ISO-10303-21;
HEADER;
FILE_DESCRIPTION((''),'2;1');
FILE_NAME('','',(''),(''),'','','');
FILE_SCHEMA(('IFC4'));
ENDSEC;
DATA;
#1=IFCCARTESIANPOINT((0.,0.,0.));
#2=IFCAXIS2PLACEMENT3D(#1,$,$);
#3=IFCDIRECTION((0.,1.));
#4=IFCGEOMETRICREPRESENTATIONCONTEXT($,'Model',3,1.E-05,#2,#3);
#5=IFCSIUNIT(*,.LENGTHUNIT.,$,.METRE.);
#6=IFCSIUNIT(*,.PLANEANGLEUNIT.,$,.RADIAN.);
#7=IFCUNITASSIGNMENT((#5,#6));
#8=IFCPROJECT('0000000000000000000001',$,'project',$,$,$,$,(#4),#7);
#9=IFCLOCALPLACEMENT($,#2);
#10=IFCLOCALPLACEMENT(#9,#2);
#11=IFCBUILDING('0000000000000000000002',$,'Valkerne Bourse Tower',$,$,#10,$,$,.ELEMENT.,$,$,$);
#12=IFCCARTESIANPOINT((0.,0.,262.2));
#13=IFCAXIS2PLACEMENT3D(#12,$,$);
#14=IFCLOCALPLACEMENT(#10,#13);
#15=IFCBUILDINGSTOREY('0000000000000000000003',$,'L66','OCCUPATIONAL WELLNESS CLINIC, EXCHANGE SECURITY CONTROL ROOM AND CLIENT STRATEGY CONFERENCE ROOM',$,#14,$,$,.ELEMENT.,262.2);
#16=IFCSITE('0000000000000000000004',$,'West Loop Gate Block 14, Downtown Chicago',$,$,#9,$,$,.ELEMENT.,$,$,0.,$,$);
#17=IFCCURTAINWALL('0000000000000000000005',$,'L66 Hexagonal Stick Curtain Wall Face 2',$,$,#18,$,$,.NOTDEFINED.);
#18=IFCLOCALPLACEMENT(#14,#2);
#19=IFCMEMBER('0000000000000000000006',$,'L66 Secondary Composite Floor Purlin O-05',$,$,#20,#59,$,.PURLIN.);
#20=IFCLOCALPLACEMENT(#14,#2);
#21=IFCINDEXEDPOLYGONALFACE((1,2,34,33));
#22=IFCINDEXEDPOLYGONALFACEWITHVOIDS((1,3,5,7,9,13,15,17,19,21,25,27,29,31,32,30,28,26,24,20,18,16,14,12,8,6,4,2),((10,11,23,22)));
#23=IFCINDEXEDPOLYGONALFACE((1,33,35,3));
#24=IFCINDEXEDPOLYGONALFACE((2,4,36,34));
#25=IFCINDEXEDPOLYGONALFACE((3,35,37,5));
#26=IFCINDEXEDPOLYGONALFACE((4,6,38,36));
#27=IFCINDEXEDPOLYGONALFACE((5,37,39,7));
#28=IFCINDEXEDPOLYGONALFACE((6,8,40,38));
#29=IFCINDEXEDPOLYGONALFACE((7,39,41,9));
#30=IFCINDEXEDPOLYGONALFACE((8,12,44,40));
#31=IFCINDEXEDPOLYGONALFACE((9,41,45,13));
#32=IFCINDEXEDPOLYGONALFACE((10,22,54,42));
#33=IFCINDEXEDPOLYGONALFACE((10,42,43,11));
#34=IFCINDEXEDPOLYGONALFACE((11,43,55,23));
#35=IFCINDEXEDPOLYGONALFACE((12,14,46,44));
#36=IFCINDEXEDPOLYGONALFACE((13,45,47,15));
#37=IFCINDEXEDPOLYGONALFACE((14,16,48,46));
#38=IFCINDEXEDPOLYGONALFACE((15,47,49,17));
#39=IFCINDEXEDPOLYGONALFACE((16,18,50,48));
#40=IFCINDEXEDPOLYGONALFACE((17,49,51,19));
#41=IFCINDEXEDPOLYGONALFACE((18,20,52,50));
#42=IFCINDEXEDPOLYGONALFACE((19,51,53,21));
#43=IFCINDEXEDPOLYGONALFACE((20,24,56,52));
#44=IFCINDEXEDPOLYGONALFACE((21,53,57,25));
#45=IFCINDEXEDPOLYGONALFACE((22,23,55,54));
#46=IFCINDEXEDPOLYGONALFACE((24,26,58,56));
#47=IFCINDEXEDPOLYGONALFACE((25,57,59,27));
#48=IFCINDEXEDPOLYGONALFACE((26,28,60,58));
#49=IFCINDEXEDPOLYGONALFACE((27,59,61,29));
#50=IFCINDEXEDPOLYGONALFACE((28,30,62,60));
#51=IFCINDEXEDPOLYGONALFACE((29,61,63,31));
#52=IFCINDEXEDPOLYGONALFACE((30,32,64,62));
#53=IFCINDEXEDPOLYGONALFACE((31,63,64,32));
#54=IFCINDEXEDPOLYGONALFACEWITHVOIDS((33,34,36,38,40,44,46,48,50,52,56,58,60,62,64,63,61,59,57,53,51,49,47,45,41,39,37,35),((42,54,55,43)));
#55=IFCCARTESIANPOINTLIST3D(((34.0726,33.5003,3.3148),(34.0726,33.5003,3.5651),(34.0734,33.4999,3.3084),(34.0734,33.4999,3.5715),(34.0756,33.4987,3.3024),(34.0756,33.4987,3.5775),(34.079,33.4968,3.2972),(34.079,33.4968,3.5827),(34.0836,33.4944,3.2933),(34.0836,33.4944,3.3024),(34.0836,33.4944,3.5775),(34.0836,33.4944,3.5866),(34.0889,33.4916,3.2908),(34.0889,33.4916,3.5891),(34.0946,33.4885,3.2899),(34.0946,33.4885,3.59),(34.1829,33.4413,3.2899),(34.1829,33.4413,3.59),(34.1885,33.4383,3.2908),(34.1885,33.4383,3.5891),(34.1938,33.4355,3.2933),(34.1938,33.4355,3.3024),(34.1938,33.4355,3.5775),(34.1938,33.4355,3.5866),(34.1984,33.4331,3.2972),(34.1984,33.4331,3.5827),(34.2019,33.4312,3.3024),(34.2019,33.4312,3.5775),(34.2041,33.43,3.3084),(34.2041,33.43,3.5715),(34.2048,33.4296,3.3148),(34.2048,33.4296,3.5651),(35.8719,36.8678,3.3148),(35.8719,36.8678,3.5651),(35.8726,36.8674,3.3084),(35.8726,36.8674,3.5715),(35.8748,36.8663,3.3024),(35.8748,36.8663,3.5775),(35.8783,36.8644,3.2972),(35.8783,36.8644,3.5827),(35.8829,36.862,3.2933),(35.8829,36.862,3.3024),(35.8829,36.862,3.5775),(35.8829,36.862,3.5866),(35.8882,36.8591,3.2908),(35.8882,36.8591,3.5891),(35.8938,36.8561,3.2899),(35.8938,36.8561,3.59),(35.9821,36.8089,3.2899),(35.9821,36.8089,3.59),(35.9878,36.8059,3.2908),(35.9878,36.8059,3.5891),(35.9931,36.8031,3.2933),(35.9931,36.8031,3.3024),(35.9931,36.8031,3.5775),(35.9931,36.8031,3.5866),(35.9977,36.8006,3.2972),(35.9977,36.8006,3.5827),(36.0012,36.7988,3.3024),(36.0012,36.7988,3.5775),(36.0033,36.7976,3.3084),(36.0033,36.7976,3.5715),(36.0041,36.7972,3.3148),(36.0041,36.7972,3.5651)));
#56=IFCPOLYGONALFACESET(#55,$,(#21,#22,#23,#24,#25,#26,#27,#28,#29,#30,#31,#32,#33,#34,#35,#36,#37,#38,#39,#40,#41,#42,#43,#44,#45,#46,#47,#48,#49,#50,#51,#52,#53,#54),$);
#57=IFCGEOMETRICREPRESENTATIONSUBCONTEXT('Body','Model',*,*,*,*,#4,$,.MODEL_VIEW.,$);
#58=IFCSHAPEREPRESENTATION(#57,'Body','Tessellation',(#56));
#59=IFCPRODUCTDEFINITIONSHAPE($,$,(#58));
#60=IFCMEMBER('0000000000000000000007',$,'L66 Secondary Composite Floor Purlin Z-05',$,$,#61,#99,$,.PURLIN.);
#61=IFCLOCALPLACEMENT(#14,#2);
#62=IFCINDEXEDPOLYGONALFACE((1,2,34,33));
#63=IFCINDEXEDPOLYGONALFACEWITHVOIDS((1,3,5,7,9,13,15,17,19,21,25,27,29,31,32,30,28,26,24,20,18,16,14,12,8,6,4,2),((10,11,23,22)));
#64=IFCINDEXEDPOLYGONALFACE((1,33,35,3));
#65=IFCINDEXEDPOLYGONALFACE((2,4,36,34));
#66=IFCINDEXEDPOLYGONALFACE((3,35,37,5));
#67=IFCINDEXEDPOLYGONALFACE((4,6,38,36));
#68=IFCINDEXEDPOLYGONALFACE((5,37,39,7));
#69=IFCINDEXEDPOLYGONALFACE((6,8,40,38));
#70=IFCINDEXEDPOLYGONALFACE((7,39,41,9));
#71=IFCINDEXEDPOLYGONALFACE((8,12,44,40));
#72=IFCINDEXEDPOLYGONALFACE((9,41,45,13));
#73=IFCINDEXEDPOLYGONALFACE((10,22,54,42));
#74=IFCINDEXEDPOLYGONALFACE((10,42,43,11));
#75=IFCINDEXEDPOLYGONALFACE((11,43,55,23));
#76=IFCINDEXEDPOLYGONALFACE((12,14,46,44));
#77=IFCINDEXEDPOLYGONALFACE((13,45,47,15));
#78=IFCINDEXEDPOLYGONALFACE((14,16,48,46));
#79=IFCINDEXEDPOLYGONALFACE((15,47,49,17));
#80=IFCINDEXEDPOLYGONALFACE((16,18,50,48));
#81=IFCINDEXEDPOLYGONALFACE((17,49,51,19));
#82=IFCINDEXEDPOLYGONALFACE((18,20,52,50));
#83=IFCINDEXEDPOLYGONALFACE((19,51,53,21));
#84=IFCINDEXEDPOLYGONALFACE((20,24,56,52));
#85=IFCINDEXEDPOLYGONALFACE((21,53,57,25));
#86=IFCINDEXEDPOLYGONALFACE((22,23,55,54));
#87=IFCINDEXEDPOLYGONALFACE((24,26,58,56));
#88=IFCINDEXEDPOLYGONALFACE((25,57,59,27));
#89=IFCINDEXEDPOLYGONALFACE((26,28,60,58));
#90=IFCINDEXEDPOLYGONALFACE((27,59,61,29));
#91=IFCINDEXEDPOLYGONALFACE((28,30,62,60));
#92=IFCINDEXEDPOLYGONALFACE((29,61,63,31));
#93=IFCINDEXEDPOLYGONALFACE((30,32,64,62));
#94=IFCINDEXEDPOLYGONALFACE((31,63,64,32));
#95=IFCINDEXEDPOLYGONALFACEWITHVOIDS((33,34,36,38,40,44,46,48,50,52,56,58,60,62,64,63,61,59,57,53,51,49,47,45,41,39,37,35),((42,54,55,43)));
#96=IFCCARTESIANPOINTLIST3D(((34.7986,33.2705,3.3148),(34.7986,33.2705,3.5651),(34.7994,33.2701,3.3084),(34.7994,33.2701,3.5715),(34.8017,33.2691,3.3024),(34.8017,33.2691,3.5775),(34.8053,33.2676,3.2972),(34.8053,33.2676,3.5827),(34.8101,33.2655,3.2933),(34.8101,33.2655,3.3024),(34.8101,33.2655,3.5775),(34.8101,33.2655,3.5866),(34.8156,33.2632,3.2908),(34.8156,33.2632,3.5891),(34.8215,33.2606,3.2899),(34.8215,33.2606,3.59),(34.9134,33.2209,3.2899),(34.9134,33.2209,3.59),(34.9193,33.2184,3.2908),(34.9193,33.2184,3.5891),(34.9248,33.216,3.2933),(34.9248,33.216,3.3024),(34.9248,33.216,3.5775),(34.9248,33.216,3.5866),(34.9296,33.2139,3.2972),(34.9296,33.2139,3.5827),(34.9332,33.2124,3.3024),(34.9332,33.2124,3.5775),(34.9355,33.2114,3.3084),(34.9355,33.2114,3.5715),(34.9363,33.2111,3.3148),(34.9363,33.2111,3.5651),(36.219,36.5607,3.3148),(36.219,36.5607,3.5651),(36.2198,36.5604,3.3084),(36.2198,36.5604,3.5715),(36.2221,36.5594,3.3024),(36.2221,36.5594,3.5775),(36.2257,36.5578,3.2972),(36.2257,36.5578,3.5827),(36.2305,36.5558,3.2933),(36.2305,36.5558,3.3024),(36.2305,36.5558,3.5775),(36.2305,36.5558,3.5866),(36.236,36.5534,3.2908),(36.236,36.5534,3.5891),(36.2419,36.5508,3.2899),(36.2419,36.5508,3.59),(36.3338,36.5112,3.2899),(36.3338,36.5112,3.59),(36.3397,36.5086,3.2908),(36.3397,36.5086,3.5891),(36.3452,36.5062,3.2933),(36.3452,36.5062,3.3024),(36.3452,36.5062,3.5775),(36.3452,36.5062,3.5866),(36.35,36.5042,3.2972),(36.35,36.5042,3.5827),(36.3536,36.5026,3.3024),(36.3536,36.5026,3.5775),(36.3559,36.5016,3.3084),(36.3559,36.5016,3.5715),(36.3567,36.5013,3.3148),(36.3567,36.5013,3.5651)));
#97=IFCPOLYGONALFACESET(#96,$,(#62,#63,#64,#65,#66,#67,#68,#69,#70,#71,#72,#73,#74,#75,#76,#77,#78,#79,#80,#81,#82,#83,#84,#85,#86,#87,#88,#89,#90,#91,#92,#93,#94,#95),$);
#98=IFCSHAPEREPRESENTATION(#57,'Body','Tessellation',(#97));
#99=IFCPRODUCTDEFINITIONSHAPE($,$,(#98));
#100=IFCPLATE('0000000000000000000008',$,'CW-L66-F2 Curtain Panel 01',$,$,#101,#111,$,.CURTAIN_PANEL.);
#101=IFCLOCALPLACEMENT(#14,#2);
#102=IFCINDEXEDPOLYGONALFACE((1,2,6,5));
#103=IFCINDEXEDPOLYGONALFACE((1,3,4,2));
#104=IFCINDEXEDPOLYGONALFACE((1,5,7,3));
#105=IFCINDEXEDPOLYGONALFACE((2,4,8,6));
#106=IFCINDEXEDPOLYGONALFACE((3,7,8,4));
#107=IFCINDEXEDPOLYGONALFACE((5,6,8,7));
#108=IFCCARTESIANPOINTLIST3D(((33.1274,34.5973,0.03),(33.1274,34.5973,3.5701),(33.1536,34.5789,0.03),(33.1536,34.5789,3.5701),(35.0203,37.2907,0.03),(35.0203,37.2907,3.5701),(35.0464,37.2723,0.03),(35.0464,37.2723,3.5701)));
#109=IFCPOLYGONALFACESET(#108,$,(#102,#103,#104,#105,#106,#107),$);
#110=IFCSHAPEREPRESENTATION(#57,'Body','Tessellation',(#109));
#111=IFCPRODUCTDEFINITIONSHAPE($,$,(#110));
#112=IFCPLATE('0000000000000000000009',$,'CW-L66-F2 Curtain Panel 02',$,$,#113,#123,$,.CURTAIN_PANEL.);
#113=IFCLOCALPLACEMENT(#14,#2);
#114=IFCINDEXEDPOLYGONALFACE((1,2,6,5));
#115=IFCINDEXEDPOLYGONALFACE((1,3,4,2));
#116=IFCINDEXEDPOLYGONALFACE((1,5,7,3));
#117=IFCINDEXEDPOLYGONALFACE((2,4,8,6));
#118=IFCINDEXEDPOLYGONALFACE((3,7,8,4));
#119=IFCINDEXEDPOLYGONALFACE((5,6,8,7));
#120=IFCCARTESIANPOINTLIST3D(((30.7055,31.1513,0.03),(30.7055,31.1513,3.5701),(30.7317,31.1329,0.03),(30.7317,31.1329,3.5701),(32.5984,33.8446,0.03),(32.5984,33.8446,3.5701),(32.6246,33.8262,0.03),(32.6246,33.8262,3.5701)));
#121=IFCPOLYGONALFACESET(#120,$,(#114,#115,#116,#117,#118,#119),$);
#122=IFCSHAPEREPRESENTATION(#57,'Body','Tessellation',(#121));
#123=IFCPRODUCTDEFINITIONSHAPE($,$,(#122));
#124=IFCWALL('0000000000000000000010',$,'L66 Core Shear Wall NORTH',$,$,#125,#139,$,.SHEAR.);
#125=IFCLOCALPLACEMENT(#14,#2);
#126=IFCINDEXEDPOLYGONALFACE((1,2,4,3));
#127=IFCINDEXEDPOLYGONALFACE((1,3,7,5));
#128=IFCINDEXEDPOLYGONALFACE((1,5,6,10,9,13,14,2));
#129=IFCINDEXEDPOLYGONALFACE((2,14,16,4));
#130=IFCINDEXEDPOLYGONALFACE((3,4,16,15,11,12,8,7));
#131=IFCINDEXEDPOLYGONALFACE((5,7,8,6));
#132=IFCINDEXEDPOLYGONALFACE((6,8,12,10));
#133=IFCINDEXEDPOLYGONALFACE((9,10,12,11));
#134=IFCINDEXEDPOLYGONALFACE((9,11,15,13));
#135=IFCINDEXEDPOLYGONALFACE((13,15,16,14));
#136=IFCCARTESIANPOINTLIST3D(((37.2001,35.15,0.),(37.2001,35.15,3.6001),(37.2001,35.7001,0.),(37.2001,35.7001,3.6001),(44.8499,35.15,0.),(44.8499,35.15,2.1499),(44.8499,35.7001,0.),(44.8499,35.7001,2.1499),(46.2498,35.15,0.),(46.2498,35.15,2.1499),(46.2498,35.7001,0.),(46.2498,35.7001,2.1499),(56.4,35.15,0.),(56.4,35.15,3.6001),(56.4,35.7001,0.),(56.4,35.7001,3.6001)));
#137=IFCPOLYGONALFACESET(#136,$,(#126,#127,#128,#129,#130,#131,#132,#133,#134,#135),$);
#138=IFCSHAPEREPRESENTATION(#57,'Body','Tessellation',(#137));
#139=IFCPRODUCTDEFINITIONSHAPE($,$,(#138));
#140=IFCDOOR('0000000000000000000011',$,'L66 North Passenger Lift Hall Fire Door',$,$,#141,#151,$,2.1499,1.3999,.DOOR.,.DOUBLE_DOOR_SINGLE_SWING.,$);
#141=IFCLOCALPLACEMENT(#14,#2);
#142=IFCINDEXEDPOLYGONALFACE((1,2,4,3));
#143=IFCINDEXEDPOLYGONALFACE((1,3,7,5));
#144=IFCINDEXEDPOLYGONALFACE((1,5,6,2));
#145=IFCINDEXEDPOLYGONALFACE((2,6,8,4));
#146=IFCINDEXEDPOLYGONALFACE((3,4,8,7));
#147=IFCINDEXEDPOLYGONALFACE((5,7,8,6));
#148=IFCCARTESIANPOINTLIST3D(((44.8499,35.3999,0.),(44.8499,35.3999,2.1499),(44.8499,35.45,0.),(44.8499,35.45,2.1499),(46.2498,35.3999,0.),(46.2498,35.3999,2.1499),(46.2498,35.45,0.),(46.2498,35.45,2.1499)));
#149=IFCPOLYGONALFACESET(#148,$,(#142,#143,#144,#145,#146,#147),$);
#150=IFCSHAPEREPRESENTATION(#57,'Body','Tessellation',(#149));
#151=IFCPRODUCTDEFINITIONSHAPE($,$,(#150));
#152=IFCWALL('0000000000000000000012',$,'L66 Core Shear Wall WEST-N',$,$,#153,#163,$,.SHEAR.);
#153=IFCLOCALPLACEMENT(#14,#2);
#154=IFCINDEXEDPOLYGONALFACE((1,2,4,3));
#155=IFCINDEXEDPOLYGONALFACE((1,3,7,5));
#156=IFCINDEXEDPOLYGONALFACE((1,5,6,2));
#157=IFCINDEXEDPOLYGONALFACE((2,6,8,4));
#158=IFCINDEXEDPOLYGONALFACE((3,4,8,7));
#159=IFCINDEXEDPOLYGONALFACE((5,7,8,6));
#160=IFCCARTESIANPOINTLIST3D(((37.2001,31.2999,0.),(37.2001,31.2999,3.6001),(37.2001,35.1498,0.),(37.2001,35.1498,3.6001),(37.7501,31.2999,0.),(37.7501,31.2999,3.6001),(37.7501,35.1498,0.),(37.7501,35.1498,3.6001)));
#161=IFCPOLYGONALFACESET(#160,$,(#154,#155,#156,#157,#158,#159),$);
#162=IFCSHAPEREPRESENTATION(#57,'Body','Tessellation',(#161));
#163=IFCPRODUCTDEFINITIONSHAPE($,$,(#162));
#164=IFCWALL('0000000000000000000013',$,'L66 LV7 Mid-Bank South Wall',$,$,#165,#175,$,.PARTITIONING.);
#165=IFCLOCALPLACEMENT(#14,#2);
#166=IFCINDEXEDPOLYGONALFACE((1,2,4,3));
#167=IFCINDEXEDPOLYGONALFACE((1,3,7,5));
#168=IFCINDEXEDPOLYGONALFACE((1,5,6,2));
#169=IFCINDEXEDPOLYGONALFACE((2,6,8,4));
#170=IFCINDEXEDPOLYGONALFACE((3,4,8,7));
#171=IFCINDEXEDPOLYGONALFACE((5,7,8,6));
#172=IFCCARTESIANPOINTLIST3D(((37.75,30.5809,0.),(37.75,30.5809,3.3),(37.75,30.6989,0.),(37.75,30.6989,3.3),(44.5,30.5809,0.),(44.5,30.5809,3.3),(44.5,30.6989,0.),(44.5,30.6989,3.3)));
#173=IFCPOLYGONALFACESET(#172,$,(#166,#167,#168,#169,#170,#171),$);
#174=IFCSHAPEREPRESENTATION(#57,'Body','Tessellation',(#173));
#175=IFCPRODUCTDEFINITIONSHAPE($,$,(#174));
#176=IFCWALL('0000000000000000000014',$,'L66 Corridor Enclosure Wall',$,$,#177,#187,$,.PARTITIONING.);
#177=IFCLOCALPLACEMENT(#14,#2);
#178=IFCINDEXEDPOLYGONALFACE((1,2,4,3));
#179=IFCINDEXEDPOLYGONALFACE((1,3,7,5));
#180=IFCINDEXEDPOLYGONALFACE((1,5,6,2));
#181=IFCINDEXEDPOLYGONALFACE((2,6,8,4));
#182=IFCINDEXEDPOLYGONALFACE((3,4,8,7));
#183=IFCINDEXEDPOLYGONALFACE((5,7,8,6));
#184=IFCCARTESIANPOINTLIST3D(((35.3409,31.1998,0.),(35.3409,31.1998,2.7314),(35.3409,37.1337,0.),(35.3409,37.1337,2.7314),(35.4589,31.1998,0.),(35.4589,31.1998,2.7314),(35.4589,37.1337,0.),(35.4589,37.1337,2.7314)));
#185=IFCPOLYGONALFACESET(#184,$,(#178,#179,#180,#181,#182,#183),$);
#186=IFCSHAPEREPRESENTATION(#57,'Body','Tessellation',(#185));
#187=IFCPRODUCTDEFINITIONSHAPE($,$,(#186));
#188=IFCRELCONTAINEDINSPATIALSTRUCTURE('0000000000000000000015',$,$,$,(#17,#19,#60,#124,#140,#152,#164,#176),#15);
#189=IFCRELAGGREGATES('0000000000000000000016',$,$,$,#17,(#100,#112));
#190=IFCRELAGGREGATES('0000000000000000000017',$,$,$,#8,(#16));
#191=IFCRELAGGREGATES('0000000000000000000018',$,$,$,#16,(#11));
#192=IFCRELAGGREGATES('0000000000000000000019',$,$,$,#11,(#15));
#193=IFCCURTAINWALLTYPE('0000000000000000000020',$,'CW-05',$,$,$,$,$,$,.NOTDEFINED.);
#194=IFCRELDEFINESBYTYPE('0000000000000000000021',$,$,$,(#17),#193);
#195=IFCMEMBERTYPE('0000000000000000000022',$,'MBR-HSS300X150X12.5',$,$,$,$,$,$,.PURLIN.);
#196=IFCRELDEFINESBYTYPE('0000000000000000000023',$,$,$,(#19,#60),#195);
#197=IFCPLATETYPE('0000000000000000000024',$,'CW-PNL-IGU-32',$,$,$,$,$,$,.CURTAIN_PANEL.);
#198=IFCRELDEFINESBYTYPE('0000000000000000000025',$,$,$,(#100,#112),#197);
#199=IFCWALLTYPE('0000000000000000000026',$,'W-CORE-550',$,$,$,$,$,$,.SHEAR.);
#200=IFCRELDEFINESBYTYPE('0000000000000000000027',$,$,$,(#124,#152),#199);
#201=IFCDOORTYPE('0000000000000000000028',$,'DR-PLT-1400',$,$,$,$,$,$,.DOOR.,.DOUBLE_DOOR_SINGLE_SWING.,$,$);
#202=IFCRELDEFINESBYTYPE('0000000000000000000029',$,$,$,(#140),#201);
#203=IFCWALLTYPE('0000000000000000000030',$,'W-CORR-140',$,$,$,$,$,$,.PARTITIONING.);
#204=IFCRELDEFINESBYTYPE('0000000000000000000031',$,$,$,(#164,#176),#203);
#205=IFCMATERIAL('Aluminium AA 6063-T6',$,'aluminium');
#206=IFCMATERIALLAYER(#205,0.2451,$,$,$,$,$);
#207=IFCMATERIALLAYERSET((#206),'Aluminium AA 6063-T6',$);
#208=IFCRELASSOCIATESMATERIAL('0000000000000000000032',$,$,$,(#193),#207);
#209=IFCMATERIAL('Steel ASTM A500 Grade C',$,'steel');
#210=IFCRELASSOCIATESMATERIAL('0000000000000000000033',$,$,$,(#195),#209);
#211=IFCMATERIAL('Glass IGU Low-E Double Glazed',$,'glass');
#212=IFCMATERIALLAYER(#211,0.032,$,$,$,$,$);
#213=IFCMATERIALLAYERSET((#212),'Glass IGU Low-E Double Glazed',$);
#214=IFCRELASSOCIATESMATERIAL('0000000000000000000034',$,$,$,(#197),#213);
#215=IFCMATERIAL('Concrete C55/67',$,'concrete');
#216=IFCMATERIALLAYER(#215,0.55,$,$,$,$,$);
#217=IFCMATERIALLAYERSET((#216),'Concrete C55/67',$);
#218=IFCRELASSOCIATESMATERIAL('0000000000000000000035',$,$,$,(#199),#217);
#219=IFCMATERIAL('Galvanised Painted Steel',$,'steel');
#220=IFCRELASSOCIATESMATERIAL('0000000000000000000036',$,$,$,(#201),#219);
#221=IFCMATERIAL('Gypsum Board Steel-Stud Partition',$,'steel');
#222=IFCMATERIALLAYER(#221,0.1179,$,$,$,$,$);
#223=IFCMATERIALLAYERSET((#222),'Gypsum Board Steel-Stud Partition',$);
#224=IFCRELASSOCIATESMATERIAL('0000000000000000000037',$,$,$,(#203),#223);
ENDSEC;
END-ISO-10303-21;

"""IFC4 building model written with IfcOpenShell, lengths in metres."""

from ifc_helpers import new_model, si_unit, direction, frame, frame_2d, origin, origin_2d, place, context, subcontext, project, spatial, rectangle, hollow_rectangle, extrude, material, layer, layer_set, material_profile, profile_set, type_object, element, fill, aggregate, save


model = new_model("IFC4")

# Units and contexts
model_context = context("Model", 3, precision=1e-05, world=origin(), true_north=direction((0.0, 1.0)))
body_context = subcontext(model_context, "Body", "Model", "MODEL_VIEW")
ifc_project = project(units=[si_unit("LENGTHUNIT", "METRE"), si_unit("PLANEANGLEUNIT", "RADIAN")], contexts=[model_context])

# Site, building, storey
site_placement = place(None, origin())
site = spatial("IfcSite", under=ifc_project, at=site_placement, Name="West Loop Gate Block 14, Downtown Chicago", CompositionType="ELEMENT", RefElevation=0.0)
building_placement = place(site_placement, origin())
building = spatial("IfcBuilding", under=site, at=building_placement, Name="Valkerne Bourse Tower", CompositionType="ELEMENT")
storey_placement = place(building_placement, frame((0.0, 0.0, 262.2)))
storey = spatial("IfcBuildingStorey", under=building, at=storey_placement, Name="L66", Description="OCCUPATIONAL WELLNESS CLINIC, EXCHANGE SECURITY CONTROL ROOM AND CLIENT STRATEGY CONFERENCE ROOM", CompositionType="ELEMENT", Elevation=262.2)

# Curtain wall
ifc_material_1 = material(Name="Aluminium AA 6063-T6", Category="aluminium")
ifc_layer_1 = layer(ifc_material_1, 0.2451)
ifc_layer_set_1 = layer_set([ifc_layer_1], Name="Aluminium AA 6063-T6")
curtain_wall_type = type_object("IfcCurtainWallType", Name="CW-05", PredefinedType="NOTDEFINED", material=ifc_layer_set_1)
curtain_wall_placement = place(storey_placement, origin())
curtain_wall = element("IfcCurtainWall", 1, at=curtain_wall_placement, inside=storey, type_object=curtain_wall_type, Name="L66 Hexagonal Stick Curtain Wall Face 2", PredefinedType="NOTDEFINED")

# Members
ifc_material_2 = material(Name="Steel ASTM A500 Grade C", Category="steel")
ifc_material_profile_1 = material_profile(ifc_material_2, hollow_rectangle(XDim=0.1499, YDim=0.3, WallThickness=0.0125, OuterFilletRadius=0.0249, at=origin_2d()), Name="HSS300X150X12.5")
ifc_profile_set_1 = profile_set([ifc_material_profile_1], Name="Steel ASTM A500 Grade C")
member_type_1 = type_object("IfcMemberType", Name="MBR-HSS300X150X12.5", PredefinedType="PURLIN", material=ifc_profile_set_1)
member_1_placement = place(storey_placement, frame((35.938, 36.8325, 3.4399), z_axis=(-0.471245, -0.882002, 0.0), x_axis=(0.882002, -0.471245, 0.0)))
element("IfcMember", 2, at=member_1_placement, inside=storey, type_object=member_type_1, Name="L66 Secondary Composite Floor Purlin O-05", PredefinedType="PURLIN", context=body_context, shape_type="SweptSolid", body=[
    extrude(hollow_rectangle(XDim=0.1499, YDim=0.3, WallThickness=0.0125, OuterFilletRadius=0.0249, at=origin_2d()), origin(), (0.0, 0.0, 1.0), 3.8181),
])
member_2_placement = place(storey_placement, frame((36.2878, 36.531, 3.4399), z_axis=(-0.396343, -0.918102, 0.0), x_axis=(0.918102, -0.396343, 0.0)))
element("IfcMember", 3, at=member_2_placement, inside=storey, type_object=member_type_1, Name="L66 Secondary Composite Floor Purlin Z-05", PredefinedType="PURLIN", context=body_context, shape_type="SweptSolid", body=[
    extrude(hollow_rectangle(XDim=0.1499, YDim=0.3, WallThickness=0.0125, OuterFilletRadius=0.0249, at=origin_2d()), origin(), (0.0, 0.0, 1.0), 3.5837),
])

# Plates
ifc_material_3 = material(Name="Glass IGU Low-E Double Glazed", Category="glass")
ifc_layer_2 = layer(ifc_material_3, 0.032)
ifc_layer_set_2 = layer_set([ifc_layer_2], Name="Glass IGU Low-E Double Glazed")
plate_type = type_object("IfcPlateType", Name="CW-PNL-IGU-32", PredefinedType="CURTAIN_PANEL", material=ifc_layer_set_2)
plate_1_placement = place(storey_placement, frame((34.0869, 35.9348, 0.03), z_axis=(0.0, 0.0, 1.0), x_axis=(-0.574996, -0.818156, 0.0)))
plate_1 = element("IfcPlate", 4, at=plate_1_placement, type_object=plate_type, Name="CW-L66-F2 Curtain Panel 01", PredefinedType="CURTAIN_PANEL", context=body_context, shape_type="SweptSolid", body=[
    extrude(rectangle(XDim=3.292, YDim=0.032, at=origin_2d()), origin(), (0.0, 0.0, 1.0), 3.54),
])
plate_2_placement = place(storey_placement, frame((31.665, 32.4888, 0.03), z_axis=(0.0, 0.0, 1.0), x_axis=(-0.575007, -0.818149, 0.0)))
plate_2 = element("IfcPlate", 5, at=plate_2_placement, type_object=plate_type, Name="CW-L66-F2 Curtain Panel 02", PredefinedType="CURTAIN_PANEL", context=body_context, shape_type="SweptSolid", body=[
    extrude(rectangle(XDim=3.292, YDim=0.032, at=origin_2d()), origin(), (0.0, 0.0, 1.0), 3.54),
])
aggregate(curtain_wall, [plate_1, plate_2])

# Wall, opening, door
ifc_material_4 = material(Name="Concrete C55/67", Category="concrete")
ifc_layer_3 = layer(ifc_material_4, 0.55)
ifc_layer_set_3 = layer_set([ifc_layer_3], Name="Concrete C55/67")
wall_type_1 = type_object("IfcWallType", Name="W-CORE-550", PredefinedType="SHEAR", material=ifc_layer_set_3)
wall_1_placement = place(storey_placement, frame((37.2, 35.425, 0.0), z_axis=(0.0, 0.0, 1.0), x_axis=(1.0, 0.0, 0.0)))
wall_1 = element("IfcWall", 6, at=wall_1_placement, inside=storey, type_object=wall_type_1, Name="L66 Core Shear Wall NORTH", PredefinedType="SHEAR", context=body_context, shape_type="SweptSolid", body=[
    extrude(rectangle(XDim=19.2, YDim=0.55, at=frame_2d((9.6001, 0.0))), origin(), (0.0, 0.0, 1.0), 3.6001),
])
opening_placement = place(wall_1_placement, frame((7.6499, 0.0, 0.0)))
opening = element("IfcOpeningElement", 7, at=opening_placement, cuts=wall_1, PredefinedType="OPENING", context=body_context, shape_type="SweptSolid", body=[
    extrude(rectangle(XDim=1.3999, YDim=2.1499, at=frame_2d((0.7, 1.075))), frame((0.0, 0.2849, 0.0), z_axis=(0.0, -1.0, 0.0), x_axis=(1.0, 0.0, 0.0)), (0.0, 0.0, 1.0), 0.5701),
])
ifc_material_5 = material(Name="Galvanised Painted Steel", Category="steel")
door_type = type_object("IfcDoorType", Name="DR-PLT-1400", OperationType="DOUBLE_DOOR_SINGLE_SWING", PredefinedType="DOOR", material=ifc_material_5)
door_placement = place(opening_placement, origin())
door = element("IfcDoor", 8, at=door_placement, inside=storey, type_object=door_type, Name="L66 North Passenger Lift Hall Fire Door", OperationType="DOUBLE_DOOR_SINGLE_SWING", OverallHeight=2.1499, OverallWidth=1.3999, PredefinedType="DOOR", context=body_context, shape_type="SweptSolid", body=[
    extrude(rectangle(XDim=1.3999, YDim=2.1499, at=frame_2d((0.7, 1.075))), frame((0.0, 0.0249, 0.0), z_axis=(0.0, -1.0, 0.0), x_axis=(1.0, 0.0, 0.0)), (0.0, 0.0, 1.0), 0.05),
])
fill(opening, door)

# Walls
wall_2_placement = place(storey_placement, frame((37.4751, 31.3, 0.0), z_axis=(0.0, 0.0, 1.0), x_axis=(0.0, 1.0, 0.0)))
element("IfcWall", 9, at=wall_2_placement, inside=storey, type_object=wall_type_1, Name="L66 Core Shear Wall WEST-N", PredefinedType="SHEAR", context=body_context, shape_type="SweptSolid", body=[
    extrude(rectangle(XDim=3.8499, YDim=0.55, at=frame_2d((1.9248, 0.0))), origin(), (0.0, 0.0, 1.0), 3.6001),
])
ifc_material_6 = material(Name="Gypsum Board Steel-Stud Partition", Category="steel")
ifc_layer_4 = layer(ifc_material_6, 0.1179)
ifc_layer_set_4 = layer_set([ifc_layer_4], Name="Gypsum Board Steel-Stud Partition")
wall_type_2 = type_object("IfcWallType", Name="W-CORR-140", PredefinedType="PARTITIONING", material=ifc_layer_set_4)
wall_3_placement = place(storey_placement, frame((37.75, 30.6399, 0.0), z_axis=(0.0, 0.0, 1.0), x_axis=(1.0, 0.0, 0.0)))
element("IfcWall", 10, at=wall_3_placement, inside=storey, type_object=wall_type_2, Name="L66 LV7 Mid-Bank South Wall", PredefinedType="PARTITIONING", context=body_context, shape_type="SweptSolid", body=[
    extrude(rectangle(XDim=6.75, YDim=0.1179, at=frame_2d((3.375, 0.0))), origin(), (0.0, 0.0, 1.0), 3.3),
])
wall_4_placement = place(storey_placement, frame((35.3999, 31.2, 0.0), z_axis=(0.0, 0.0, 1.0), x_axis=(0.0, 1.0, 0.0)))
element("IfcWall", 11, at=wall_4_placement, inside=storey, type_object=wall_type_2, Name="L66 Corridor Enclosure Wall", PredefinedType="PARTITIONING", context=body_context, shape_type="SweptSolid", body=[
    extrude(rectangle(XDim=5.9338, YDim=0.1179, at=frame_2d((2.9668, 0.0))), origin(), (0.0, 0.0, 1.0), 2.7314),
])

save(model, "model.ifc")
